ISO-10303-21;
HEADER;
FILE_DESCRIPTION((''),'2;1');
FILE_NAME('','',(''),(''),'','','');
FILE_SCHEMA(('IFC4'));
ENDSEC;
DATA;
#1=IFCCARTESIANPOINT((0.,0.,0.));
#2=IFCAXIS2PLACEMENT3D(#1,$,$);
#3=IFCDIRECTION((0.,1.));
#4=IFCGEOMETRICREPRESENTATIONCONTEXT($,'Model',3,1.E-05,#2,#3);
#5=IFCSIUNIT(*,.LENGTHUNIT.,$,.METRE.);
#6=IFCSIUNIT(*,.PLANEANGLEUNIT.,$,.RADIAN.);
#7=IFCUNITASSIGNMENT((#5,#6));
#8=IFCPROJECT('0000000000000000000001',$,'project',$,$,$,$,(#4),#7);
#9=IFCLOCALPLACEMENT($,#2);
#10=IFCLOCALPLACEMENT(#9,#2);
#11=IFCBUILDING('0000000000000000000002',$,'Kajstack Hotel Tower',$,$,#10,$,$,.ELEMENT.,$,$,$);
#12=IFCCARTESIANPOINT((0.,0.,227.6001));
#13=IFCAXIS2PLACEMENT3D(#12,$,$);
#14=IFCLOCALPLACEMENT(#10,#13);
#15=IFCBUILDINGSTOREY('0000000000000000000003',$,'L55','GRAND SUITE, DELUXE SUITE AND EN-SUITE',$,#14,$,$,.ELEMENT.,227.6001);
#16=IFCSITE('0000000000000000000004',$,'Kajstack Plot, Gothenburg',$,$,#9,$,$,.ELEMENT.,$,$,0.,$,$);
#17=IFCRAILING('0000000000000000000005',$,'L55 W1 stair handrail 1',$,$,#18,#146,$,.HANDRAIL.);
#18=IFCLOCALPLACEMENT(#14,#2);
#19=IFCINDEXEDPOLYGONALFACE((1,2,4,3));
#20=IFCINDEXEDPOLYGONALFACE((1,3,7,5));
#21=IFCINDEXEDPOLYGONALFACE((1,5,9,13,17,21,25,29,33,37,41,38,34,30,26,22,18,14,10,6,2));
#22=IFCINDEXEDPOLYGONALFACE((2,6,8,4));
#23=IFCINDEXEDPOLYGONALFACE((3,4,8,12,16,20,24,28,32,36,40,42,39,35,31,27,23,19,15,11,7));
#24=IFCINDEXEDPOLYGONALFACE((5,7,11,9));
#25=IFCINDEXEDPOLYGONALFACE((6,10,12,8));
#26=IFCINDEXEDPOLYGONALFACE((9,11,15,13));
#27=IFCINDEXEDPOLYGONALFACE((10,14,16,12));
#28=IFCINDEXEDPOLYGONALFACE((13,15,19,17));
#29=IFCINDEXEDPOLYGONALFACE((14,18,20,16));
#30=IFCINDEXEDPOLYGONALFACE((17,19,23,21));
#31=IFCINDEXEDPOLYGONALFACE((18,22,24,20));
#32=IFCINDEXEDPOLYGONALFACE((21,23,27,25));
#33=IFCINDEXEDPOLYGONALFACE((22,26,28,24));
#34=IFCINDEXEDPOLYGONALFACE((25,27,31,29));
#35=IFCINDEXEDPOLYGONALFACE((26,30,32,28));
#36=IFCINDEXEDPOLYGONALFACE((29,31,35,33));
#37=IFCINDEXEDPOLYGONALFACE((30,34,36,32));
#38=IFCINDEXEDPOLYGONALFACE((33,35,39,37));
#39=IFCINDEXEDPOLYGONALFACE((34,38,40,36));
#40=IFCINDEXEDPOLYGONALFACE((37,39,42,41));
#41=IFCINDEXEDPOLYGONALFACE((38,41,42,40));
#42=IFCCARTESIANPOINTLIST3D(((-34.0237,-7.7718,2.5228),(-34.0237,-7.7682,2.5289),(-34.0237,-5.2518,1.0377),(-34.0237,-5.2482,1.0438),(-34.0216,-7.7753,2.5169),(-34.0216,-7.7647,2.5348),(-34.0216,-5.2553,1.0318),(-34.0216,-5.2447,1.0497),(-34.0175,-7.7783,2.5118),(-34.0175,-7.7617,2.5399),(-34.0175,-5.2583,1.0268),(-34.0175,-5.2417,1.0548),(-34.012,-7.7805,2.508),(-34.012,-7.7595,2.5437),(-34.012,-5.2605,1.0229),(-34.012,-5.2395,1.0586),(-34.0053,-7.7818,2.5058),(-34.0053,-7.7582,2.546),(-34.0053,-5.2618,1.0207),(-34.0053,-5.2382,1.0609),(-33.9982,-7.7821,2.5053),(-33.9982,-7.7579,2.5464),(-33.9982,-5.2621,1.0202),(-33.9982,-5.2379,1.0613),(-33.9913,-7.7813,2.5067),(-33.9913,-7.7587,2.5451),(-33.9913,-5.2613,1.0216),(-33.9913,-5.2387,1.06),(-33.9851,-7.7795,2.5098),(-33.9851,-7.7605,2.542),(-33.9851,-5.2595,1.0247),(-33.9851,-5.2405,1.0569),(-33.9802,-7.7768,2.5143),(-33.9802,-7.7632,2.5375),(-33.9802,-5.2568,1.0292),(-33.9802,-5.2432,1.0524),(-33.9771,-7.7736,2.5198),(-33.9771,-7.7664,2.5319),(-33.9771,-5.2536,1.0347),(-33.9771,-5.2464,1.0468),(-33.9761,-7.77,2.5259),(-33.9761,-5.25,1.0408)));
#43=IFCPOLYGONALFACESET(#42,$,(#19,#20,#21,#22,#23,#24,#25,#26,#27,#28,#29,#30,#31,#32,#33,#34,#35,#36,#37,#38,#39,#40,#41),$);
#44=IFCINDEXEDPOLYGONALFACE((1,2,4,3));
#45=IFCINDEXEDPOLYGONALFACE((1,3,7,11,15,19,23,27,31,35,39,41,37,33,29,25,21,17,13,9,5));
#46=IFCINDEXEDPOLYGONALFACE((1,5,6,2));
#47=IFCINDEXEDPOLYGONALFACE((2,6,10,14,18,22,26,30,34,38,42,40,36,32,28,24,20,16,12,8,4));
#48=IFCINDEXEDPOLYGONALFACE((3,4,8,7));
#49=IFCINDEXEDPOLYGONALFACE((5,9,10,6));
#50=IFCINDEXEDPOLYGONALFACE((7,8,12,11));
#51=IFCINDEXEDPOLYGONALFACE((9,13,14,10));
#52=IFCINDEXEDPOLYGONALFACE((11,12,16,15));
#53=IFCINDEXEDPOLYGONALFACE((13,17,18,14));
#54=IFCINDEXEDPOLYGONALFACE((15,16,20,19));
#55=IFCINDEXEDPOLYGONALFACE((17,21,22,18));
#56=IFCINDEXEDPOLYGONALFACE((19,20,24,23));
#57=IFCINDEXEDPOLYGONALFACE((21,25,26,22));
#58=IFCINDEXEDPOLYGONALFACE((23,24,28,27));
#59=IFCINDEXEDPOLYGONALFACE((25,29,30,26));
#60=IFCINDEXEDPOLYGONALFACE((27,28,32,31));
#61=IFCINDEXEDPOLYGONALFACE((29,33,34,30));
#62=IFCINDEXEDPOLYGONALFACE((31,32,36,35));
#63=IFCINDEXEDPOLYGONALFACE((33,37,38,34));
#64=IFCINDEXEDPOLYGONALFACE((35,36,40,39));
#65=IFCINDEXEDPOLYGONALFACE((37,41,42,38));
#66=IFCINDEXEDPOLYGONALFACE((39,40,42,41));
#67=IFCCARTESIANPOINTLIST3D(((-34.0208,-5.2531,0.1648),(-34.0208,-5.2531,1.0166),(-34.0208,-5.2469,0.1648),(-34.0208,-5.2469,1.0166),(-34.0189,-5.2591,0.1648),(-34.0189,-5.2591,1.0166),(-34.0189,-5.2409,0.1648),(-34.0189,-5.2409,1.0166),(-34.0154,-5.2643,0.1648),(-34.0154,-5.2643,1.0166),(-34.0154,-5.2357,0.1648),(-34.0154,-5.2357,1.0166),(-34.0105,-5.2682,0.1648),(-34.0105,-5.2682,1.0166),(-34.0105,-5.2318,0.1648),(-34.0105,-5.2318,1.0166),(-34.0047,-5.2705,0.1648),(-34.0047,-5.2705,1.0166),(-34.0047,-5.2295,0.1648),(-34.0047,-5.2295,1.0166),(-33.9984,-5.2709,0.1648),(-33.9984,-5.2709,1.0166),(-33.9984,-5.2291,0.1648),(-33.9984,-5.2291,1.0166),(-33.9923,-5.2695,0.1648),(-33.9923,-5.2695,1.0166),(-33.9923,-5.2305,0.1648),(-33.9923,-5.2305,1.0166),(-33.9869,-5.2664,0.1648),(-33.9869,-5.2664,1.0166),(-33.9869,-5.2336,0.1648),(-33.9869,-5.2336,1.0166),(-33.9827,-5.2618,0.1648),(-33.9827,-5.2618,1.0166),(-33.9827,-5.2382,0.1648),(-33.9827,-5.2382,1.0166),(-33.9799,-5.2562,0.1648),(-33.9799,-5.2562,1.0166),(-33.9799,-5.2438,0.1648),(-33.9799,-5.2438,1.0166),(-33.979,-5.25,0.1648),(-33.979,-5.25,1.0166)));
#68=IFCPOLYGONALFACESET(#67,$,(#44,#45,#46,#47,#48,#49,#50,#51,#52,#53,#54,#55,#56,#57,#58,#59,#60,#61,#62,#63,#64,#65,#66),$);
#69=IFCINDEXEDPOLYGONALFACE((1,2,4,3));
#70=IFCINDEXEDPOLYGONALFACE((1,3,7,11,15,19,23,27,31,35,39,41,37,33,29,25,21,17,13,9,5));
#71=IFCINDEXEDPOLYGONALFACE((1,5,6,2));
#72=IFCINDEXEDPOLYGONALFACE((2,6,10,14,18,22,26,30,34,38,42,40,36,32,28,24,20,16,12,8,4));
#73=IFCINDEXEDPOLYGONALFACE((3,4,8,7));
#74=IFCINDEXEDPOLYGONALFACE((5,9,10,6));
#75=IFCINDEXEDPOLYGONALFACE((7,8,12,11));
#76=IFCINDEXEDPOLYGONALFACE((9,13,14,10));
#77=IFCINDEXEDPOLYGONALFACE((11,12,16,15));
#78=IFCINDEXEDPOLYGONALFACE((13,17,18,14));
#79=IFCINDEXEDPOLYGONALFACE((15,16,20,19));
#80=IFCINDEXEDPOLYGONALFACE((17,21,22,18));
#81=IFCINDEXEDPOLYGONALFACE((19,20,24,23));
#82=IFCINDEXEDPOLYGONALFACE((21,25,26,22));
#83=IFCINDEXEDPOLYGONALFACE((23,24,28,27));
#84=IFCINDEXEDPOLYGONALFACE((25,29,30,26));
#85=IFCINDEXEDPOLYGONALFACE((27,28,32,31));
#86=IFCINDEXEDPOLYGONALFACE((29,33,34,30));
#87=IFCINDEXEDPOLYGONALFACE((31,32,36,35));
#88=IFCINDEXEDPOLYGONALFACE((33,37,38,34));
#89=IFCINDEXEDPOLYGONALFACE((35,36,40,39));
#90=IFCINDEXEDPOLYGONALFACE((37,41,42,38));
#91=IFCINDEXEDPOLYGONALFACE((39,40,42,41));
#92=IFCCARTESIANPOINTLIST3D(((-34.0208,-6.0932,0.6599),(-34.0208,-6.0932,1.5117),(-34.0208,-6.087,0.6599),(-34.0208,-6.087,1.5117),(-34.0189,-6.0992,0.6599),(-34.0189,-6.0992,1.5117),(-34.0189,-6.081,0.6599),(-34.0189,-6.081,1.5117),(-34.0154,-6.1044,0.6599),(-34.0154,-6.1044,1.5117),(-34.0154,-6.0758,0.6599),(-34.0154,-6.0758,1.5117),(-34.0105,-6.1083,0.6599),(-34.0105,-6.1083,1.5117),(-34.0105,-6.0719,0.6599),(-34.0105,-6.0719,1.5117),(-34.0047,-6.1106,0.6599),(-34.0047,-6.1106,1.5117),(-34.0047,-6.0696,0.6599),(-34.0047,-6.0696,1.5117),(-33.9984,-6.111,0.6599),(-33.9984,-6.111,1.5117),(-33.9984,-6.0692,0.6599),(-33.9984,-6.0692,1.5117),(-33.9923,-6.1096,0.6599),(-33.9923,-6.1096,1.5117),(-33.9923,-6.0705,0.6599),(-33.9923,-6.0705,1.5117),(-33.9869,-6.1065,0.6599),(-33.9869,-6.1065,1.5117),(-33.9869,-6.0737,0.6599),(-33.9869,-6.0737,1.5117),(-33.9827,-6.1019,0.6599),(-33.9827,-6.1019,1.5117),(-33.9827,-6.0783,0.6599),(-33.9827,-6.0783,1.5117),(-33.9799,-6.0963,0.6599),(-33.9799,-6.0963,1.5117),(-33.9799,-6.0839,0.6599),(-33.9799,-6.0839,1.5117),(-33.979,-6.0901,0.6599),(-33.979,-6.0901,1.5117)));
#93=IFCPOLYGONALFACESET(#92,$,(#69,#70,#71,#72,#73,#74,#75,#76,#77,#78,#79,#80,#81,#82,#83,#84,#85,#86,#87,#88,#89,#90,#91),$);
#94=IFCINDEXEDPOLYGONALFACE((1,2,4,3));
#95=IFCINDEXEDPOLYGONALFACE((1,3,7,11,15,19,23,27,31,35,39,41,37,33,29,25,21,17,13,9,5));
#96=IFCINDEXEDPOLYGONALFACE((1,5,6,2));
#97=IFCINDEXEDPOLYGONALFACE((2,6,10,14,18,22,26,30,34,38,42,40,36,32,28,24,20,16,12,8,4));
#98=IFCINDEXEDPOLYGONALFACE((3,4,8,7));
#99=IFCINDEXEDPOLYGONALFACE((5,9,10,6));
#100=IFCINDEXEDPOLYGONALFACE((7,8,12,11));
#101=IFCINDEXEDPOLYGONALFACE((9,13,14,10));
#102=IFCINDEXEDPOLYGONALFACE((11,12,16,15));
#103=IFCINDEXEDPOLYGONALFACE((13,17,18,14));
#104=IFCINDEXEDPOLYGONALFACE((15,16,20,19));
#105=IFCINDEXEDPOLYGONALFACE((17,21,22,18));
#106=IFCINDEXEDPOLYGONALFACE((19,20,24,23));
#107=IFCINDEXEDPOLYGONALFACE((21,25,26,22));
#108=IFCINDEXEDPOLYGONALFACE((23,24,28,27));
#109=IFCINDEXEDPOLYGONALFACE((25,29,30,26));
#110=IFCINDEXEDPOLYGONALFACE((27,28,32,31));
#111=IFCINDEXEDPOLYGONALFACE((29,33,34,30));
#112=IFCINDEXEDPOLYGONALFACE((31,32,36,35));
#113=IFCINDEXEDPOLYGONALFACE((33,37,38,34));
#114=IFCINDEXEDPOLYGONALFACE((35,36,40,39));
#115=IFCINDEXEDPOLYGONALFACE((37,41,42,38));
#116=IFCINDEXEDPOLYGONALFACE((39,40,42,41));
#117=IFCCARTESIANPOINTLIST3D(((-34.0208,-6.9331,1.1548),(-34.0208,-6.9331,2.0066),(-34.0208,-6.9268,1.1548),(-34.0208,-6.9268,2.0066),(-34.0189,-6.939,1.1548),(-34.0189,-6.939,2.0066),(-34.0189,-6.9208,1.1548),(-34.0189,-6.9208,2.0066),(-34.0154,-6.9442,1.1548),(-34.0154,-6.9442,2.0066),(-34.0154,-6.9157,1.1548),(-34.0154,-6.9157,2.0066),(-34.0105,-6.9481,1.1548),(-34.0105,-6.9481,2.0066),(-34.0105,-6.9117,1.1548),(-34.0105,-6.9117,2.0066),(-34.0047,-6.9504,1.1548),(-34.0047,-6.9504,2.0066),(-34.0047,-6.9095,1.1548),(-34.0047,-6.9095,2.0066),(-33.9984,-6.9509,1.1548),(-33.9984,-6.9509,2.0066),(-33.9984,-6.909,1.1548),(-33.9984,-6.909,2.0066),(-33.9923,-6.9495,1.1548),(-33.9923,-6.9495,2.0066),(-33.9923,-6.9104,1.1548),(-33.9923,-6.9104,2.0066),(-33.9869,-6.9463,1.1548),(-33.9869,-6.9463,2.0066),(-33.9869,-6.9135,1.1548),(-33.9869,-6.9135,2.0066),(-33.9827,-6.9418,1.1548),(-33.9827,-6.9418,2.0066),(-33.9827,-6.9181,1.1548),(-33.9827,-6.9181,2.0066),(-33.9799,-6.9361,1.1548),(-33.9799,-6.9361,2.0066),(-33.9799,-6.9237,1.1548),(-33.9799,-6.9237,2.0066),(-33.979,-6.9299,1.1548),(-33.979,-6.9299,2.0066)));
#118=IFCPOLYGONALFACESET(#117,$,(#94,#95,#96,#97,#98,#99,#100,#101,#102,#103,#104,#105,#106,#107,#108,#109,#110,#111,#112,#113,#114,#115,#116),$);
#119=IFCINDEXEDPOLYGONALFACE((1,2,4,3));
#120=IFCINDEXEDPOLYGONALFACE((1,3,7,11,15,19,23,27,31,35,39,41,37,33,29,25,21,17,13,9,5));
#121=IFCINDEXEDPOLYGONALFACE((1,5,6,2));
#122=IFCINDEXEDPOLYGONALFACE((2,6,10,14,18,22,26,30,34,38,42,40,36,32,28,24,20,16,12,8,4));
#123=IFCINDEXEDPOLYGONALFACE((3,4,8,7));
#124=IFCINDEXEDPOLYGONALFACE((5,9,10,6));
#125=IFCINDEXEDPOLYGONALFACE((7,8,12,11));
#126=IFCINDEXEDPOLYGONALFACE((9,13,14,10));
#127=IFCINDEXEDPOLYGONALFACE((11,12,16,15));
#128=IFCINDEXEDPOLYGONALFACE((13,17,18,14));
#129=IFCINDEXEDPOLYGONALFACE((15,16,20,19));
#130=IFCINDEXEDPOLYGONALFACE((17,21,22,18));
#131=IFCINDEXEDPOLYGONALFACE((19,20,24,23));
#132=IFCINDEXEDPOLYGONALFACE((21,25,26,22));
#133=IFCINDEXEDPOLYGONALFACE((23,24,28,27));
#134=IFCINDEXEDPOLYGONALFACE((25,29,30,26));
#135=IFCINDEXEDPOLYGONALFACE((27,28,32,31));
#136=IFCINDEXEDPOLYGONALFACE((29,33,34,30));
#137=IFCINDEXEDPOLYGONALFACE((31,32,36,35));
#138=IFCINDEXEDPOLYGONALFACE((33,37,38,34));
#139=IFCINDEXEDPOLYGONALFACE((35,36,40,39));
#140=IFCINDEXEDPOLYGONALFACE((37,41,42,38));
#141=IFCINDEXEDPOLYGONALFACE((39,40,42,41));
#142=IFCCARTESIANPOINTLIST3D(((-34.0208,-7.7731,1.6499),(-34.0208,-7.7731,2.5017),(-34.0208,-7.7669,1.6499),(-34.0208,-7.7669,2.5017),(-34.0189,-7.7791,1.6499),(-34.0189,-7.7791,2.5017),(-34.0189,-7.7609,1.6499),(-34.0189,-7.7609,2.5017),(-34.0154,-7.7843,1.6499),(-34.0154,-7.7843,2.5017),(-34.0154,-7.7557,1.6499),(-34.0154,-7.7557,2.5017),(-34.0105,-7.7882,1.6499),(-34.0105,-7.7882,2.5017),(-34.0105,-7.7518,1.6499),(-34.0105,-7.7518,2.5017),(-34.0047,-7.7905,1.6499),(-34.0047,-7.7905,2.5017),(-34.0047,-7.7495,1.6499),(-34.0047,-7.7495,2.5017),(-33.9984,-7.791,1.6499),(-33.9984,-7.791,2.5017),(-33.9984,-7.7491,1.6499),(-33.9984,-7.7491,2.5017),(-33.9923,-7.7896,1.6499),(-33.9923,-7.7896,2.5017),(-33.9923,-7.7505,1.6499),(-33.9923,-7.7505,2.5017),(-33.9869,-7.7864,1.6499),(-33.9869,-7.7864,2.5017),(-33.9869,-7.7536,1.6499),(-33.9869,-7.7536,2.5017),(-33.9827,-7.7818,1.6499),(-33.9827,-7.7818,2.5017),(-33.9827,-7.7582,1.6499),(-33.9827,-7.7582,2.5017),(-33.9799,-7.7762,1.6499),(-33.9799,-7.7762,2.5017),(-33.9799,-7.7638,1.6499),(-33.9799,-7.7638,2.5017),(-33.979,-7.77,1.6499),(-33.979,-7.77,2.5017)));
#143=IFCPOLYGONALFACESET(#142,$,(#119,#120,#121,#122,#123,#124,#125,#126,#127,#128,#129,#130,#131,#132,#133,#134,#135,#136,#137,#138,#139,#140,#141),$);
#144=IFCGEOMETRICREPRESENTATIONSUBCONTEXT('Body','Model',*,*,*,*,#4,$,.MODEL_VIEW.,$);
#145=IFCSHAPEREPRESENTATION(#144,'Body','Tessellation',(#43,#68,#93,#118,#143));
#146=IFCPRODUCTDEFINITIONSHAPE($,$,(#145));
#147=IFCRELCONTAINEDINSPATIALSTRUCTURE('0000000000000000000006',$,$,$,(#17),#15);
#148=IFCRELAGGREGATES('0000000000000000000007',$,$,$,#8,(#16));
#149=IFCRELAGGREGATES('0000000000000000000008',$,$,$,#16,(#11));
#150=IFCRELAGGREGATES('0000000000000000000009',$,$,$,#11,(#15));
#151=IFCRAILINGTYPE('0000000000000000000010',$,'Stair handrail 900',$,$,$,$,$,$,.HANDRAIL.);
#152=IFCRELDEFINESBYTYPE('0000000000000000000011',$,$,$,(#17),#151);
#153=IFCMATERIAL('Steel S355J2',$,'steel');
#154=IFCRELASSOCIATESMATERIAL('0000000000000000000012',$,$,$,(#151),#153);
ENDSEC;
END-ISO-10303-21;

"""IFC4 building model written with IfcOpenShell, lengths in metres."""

from ifc_helpers import new_model, si_unit, direction, frame, origin, origin_2d, place, context, subcontext, project, spatial, circle, extrude, material, type_object, element, save


model = new_model("IFC4")

# Units and contexts
model_context = context("Model", 3, precision=1e-05, world=origin(), true_north=direction((0.0, 1.0)))
body_context = subcontext(model_context, "Body", "Model", "MODEL_VIEW")
ifc_project = project(units=[si_unit("LENGTHUNIT", "METRE"), si_unit("PLANEANGLEUNIT", "RADIAN")], contexts=[model_context])

# Site, building, storey
site_placement = place(None, origin())
site = spatial("IfcSite", under=ifc_project, at=site_placement, Name="Kajstack Plot, Gothenburg", CompositionType="ELEMENT", RefElevation=0.0)
building_placement = place(site_placement, origin())
building = spatial("IfcBuilding", under=site, at=building_placement, Name="Kajstack Hotel Tower", CompositionType="ELEMENT")
storey_placement = place(building_placement, frame((0.0, 0.0, 227.6001)))
storey = spatial("IfcBuildingStorey", under=building, at=storey_placement, Name="L55", Description="GRAND SUITE, DELUXE SUITE AND EN-SUITE", CompositionType="ELEMENT", Elevation=227.6001)

# Railing
ifc_material_1 = material(Name="Steel S355J2", Category="steel")
railing_type_1 = type_object("IfcRailingType", Name="Stair handrail 900", PredefinedType="HANDRAIL", material=ifc_material_1)
railing_1_placement = place(storey_placement, frame((-34.0, -5.25, 0.1648)))
element("IfcRailing", 1, at=railing_1_placement, inside=storey, type_object=railing_type_1, Name="L55 W1 stair handrail 1", PredefinedType="HANDRAIL", context=body_context, shape_type="SweptSolid", body=[
    extrude(circle(Radius=0.0239, at=origin_2d()), frame((0.0, 0.0, 0.876), z_axis=(0.0, -0.861524, 0.507717), x_axis=(1.0, 0.0, 0.0)), (0.0, 0.0, 1.0), 2.925),
    extrude(circle(Radius=0.021, at=origin_2d()), origin(), (0.0, 0.0, 1.0), 0.8518),
    extrude(circle(Radius=0.021, at=origin_2d()), frame((0.0, -0.8401, 0.4951)), (0.0, 0.0, 1.0), 0.8518),
    extrude(circle(Radius=0.021, at=origin_2d()), frame((0.0, -1.6799, 0.99)), (0.0, 0.0, 1.0), 0.8518),
    extrude(circle(Radius=0.021, at=origin_2d()), frame((0.0, -2.52, 1.4851)), (0.0, 0.0, 1.0), 0.8518),
])

save(model, "model.ifc")
